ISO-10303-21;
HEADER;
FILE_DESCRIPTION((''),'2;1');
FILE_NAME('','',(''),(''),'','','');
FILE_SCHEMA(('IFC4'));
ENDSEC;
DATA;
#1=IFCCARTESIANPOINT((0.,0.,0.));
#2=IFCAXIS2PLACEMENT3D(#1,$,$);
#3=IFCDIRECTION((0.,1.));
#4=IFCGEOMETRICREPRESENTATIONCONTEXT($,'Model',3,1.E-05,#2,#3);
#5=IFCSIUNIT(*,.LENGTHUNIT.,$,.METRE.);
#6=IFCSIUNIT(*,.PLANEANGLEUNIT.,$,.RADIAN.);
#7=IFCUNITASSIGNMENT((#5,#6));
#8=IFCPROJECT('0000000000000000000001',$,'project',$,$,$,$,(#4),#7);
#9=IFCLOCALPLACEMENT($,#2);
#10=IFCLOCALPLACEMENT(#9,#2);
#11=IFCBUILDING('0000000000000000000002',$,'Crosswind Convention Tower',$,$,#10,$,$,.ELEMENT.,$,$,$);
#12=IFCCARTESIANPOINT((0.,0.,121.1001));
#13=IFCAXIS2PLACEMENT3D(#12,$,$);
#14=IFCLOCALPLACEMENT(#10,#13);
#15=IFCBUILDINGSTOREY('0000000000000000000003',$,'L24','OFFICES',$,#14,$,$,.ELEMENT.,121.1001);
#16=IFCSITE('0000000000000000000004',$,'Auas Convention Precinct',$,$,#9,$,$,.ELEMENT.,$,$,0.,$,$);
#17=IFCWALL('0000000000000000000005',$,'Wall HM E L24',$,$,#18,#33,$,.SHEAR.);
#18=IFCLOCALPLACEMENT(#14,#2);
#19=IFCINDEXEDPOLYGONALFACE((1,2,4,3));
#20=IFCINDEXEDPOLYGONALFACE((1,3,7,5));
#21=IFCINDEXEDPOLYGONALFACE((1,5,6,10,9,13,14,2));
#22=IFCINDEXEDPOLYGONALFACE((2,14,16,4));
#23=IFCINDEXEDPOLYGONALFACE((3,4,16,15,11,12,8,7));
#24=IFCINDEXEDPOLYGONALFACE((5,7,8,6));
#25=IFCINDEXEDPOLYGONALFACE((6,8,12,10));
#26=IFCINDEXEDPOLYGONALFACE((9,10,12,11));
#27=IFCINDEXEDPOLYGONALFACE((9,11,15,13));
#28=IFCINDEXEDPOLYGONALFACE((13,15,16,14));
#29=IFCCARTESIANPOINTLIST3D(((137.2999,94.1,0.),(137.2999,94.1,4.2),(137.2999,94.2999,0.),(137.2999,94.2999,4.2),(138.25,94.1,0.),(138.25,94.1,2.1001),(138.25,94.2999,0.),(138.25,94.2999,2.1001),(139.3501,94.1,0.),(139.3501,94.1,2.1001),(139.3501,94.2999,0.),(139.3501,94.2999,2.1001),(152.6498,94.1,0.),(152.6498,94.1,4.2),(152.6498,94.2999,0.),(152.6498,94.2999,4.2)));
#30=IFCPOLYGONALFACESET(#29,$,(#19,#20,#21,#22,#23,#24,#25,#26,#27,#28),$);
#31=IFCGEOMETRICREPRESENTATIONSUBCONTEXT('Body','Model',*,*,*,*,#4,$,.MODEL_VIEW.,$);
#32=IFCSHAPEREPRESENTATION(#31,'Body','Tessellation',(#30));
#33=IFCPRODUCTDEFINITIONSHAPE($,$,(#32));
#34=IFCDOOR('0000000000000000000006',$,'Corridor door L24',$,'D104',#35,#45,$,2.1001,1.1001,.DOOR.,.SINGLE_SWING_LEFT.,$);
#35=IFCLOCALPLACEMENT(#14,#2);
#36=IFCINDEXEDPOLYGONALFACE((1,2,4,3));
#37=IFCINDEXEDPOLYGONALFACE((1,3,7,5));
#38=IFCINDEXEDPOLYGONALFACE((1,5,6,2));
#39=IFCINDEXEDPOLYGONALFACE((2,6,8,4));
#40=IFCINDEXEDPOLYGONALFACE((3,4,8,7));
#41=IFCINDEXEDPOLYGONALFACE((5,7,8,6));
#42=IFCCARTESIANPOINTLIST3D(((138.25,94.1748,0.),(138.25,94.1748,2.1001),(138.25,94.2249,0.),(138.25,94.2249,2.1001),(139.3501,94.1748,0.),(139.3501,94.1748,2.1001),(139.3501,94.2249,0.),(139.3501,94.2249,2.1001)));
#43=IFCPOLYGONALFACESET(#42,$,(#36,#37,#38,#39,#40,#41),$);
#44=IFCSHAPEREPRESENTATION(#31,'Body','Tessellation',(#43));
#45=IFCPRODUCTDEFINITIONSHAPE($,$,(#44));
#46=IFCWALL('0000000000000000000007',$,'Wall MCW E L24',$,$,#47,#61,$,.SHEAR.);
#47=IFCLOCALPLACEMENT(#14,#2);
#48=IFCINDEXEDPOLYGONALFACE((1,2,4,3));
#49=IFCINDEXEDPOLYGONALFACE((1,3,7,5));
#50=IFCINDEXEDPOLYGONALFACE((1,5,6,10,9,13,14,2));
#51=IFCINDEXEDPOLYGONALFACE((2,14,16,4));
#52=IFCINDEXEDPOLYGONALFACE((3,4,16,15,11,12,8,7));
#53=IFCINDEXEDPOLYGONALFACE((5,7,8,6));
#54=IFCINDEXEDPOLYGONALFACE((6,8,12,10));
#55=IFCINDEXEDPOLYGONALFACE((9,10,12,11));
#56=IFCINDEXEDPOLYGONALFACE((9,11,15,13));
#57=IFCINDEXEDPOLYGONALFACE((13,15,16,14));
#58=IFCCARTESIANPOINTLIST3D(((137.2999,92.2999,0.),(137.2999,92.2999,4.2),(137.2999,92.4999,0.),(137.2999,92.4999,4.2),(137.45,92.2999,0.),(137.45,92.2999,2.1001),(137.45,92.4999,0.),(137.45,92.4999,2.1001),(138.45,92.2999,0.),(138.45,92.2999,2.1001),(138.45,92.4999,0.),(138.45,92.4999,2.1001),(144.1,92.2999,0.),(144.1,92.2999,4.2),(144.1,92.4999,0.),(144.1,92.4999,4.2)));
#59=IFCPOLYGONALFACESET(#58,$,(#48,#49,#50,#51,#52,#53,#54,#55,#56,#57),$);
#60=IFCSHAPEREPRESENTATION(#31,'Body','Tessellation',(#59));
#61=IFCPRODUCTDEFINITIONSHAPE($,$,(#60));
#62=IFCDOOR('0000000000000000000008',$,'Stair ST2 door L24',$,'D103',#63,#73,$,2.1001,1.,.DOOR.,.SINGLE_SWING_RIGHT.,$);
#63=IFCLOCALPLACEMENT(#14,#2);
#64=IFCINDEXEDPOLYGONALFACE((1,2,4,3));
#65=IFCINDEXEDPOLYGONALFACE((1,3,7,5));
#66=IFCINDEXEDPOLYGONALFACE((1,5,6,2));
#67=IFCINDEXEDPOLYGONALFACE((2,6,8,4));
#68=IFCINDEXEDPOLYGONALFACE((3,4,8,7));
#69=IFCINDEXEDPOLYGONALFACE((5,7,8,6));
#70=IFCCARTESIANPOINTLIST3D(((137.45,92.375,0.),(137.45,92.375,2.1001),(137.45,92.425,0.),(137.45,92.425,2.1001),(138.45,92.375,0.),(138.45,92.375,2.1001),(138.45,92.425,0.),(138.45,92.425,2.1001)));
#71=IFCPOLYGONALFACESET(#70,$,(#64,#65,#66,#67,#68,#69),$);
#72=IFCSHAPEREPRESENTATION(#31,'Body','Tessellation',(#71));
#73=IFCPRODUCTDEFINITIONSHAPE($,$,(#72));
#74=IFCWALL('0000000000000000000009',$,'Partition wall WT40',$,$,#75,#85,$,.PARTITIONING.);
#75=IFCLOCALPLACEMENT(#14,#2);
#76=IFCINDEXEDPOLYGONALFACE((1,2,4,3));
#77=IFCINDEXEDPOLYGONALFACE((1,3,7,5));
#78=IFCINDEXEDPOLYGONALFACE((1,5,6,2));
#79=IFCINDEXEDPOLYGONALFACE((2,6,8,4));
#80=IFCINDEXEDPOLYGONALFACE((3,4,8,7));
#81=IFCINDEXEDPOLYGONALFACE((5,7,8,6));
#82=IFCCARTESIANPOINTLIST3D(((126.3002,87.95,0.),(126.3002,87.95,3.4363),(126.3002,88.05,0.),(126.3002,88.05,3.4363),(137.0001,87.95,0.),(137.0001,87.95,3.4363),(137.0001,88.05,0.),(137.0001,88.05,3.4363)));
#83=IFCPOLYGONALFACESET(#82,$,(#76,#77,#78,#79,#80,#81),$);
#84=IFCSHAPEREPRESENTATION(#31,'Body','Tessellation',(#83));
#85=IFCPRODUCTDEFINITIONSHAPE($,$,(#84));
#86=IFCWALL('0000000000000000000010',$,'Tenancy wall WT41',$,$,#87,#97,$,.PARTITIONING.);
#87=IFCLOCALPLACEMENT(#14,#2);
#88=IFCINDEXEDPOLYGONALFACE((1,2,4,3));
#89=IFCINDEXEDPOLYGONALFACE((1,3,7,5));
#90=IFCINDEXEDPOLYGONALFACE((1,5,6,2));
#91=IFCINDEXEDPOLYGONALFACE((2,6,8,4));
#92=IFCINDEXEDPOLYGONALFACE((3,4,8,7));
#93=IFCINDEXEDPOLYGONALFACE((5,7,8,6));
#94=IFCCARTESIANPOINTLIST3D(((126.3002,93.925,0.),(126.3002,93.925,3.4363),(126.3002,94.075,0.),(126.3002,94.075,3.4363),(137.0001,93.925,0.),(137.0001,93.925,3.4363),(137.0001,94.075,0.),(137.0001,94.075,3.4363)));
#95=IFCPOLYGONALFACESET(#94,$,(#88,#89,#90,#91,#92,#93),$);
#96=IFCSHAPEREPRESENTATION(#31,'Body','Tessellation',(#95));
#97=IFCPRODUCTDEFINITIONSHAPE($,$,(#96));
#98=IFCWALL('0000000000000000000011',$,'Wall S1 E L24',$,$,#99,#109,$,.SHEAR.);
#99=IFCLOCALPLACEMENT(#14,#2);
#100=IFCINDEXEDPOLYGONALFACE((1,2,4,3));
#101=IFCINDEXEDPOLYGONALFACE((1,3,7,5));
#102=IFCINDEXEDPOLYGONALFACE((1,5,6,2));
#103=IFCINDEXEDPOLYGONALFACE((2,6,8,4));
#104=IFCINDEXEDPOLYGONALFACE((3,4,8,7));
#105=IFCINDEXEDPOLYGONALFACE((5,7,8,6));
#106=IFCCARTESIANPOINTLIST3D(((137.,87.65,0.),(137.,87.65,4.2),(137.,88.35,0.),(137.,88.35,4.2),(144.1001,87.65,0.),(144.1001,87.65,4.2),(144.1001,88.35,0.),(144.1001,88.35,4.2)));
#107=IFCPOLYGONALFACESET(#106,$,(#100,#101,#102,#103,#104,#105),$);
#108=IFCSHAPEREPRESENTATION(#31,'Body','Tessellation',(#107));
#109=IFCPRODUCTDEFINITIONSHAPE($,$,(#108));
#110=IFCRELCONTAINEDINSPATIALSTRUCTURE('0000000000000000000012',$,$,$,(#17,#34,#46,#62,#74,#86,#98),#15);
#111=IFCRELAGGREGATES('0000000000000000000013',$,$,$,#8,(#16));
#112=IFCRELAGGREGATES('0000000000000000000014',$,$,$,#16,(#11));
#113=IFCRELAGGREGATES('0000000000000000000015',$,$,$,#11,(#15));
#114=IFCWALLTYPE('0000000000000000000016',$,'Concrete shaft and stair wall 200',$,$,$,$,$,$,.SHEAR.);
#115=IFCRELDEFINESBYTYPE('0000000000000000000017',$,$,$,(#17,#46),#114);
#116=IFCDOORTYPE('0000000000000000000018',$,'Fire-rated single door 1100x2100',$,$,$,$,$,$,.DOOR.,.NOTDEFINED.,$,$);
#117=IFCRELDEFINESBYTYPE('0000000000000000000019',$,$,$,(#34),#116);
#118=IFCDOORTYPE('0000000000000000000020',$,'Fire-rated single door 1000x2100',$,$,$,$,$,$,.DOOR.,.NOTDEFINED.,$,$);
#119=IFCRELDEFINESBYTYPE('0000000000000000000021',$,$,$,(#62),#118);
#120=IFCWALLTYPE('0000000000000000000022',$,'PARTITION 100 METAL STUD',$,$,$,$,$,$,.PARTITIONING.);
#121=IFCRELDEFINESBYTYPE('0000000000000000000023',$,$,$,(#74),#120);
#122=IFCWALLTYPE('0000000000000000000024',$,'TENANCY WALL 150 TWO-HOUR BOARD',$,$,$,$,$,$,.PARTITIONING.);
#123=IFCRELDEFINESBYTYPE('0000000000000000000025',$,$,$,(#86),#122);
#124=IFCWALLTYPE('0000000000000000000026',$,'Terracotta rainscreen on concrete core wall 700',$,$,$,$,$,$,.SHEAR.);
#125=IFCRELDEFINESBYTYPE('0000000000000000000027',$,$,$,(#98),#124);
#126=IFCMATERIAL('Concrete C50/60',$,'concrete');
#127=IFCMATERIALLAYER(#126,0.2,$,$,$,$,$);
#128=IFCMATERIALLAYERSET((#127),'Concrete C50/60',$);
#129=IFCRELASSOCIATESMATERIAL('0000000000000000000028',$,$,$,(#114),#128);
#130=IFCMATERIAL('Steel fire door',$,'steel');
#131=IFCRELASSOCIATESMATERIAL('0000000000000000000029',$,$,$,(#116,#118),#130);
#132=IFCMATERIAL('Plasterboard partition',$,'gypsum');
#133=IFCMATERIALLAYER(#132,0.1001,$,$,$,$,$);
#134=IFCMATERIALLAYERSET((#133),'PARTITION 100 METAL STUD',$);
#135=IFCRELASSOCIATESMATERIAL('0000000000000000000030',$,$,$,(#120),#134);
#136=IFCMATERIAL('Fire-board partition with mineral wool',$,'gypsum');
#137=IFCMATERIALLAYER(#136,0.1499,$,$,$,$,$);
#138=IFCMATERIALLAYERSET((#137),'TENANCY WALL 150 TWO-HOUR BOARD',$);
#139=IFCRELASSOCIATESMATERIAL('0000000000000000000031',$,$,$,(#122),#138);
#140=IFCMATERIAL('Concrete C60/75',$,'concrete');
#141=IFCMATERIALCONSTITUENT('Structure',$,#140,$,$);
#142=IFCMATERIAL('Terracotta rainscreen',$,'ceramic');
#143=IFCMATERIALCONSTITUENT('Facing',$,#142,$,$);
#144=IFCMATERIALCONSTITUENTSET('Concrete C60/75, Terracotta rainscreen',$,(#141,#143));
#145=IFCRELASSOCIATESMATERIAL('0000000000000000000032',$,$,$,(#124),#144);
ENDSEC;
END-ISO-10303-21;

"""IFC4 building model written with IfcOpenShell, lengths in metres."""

from ifc_helpers import new_model, si_unit, direction, frame, frame_2d, origin, place, context, subcontext, project, spatial, rectangle, extrude, material, layer, layer_set, constituent, constituent_set, type_object, element, fill, save


model = new_model("IFC4")

# Units and contexts
model_context = context("Model", 3, precision=1e-05, world=origin(), true_north=direction((0.0, 1.0)))
body_context = subcontext(model_context, "Body", "Model", "MODEL_VIEW")
ifc_project = project(units=[si_unit("LENGTHUNIT", "METRE"), si_unit("PLANEANGLEUNIT", "RADIAN")], contexts=[model_context])

# Site, building, storey
site_placement = place(None, origin())
site = spatial("IfcSite", under=ifc_project, at=site_placement, Name="Auas Convention Precinct", CompositionType="ELEMENT", RefElevation=0.0)
building_placement = place(site_placement, origin())
building = spatial("IfcBuilding", under=site, at=building_placement, Name="Crosswind Convention Tower", CompositionType="ELEMENT")
storey_placement = place(building_placement, frame((0.0, 0.0, 121.1001)))
storey = spatial("IfcBuildingStorey", under=building, at=storey_placement, Name="L24", Description="OFFICES", CompositionType="ELEMENT", Elevation=121.1001)

# Shared definitions
ifc_material_1 = material(Name="Concrete C50/60", Category="concrete")

# Walls, openings, doors
ifc_layer_1 = layer(ifc_material_1, 0.2)
ifc_layer_set_1 = layer_set([ifc_layer_1], Name="Concrete C50/60")
wall_type_1 = type_object("IfcWallType", Name="Concrete shaft and stair wall 200", PredefinedType="SHEAR", material=ifc_layer_set_1)
wall_1_placement = place(storey_placement, frame((137.3, 94.2, 0.0), z_axis=(0.0, 0.0, 1.0), x_axis=(1.0, 0.0, 0.0)))
wall_1 = element("IfcWall", 1, at=wall_1_placement, inside=storey, type_object=wall_type_1, Name="Wall HM E L24", PredefinedType="SHEAR", context=body_context, shape_type="SweptSolid", body=[
    extrude(rectangle(XDim=15.3499, YDim=0.2, at=frame_2d((7.6748, 0.0))), origin(), (0.0, 0.0, 1.0), 4.2),
])
opening_1_placement = place(wall_1_placement, frame((0.95, 0.0, 0.0)))
opening_1 = element("IfcOpeningElement", 2, at=opening_1_placement, cuts=wall_1, PredefinedType="OPENING", context=body_context, shape_type="SweptSolid", body=[
    extrude(rectangle(XDim=1.1001, YDim=2.1001, at=frame_2d((0.55, 1.05))), frame((0.0, 0.1099, 0.0), z_axis=(0.0, -1.0, 0.0), x_axis=(1.0, 0.0, 0.0)), (0.0, 0.0, 1.0), 0.22),
])
ifc_material_2 = material(Name="Steel fire door", Category="steel")
door_type_1 = type_object("IfcDoorType", Name="Fire-rated single door 1100x2100", OperationType="NOTDEFINED", PredefinedType="DOOR", material=ifc_material_2)
door_1_placement = place(opening_1_placement, origin())
door_1 = element("IfcDoor", 3, at=door_1_placement, inside=storey, type_object=door_type_1, Name="Corridor door L24", ObjectType="D104", OperationType="SINGLE_SWING_LEFT", OverallHeight=2.1001, OverallWidth=1.1001, PredefinedType="DOOR", context=body_context, shape_type="SweptSolid", body=[
    extrude(rectangle(XDim=1.1001, YDim=2.1001, at=frame_2d((0.55, 1.05))), frame((0.0, 0.0249, 0.0), z_axis=(0.0, -1.0, 0.0), x_axis=(1.0, 0.0, 0.0)), (0.0, 0.0, 1.0), 0.05),
])
fill(opening_1, door_1)
wall_2_placement = place(storey_placement, frame((137.3, 92.3999, 0.0), z_axis=(0.0, 0.0, 1.0), x_axis=(1.0, 0.0, 0.0)))
wall_2 = element("IfcWall", 4, at=wall_2_placement, inside=storey, type_object=wall_type_1, Name="Wall MCW E L24", PredefinedType="SHEAR", context=body_context, shape_type="SweptSolid", body=[
    extrude(rectangle(XDim=6.8, YDim=0.2, at=frame_2d((3.3999, 0.0))), origin(), (0.0, 0.0, 1.0), 4.2),
])
opening_2_placement = place(wall_2_placement, frame((0.1499, 0.0, 0.0)))
opening_2 = element("IfcOpeningElement", 5, at=opening_2_placement, cuts=wall_2, PredefinedType="OPENING", context=body_context, shape_type="SweptSolid", body=[
    extrude(rectangle(XDim=1.0, YDim=2.1001, at=frame_2d((0.5, 1.05))), frame((0.0, 0.1099, 0.0), z_axis=(0.0, -1.0, 0.0), x_axis=(1.0, 0.0, 0.0)), (0.0, 0.0, 1.0), 0.22),
])
door_type_2 = type_object("IfcDoorType", Name="Fire-rated single door 1000x2100", OperationType="NOTDEFINED", PredefinedType="DOOR", material=ifc_material_2)
door_2_placement = place(opening_2_placement, frame((1.0, 0.0, 0.0), z_axis=(0.0, 0.0, 1.0), x_axis=(-1.0, 0.0, 0.0)))
door_2 = element("IfcDoor", 6, at=door_2_placement, inside=storey, type_object=door_type_2, Name="Stair ST2 door L24", ObjectType="D103", OperationType="SINGLE_SWING_RIGHT", OverallHeight=2.1001, OverallWidth=1.0, PredefinedType="DOOR", context=body_context, shape_type="SweptSolid", body=[
    extrude(rectangle(XDim=1.0, YDim=2.1001, at=frame_2d((0.5, 1.05))), frame((0.0, 0.0249, 0.0), z_axis=(0.0, -1.0, 0.0), x_axis=(1.0, 0.0, 0.0)), (0.0, 0.0, 1.0), 0.05),
])
fill(opening_2, door_2)

# Walls
ifc_material_3 = material(Name="Plasterboard partition", Category="gypsum")
ifc_layer_2 = layer(ifc_material_3, 0.1001)
ifc_layer_set_2 = layer_set([ifc_layer_2], Name="PARTITION 100 METAL STUD")
wall_type_2 = type_object("IfcWallType", Name="PARTITION 100 METAL STUD", PredefinedType="PARTITIONING", material=ifc_layer_set_2)
wall_3_placement = place(storey_placement, frame((126.3, 88.0, 0.0), z_axis=(0.0, 0.0, 1.0), x_axis=(1.0, 0.0, 0.0)))
element("IfcWall", 7, at=wall_3_placement, inside=storey, type_object=wall_type_2, Name="Partition wall WT40", PredefinedType="PARTITIONING", context=body_context, shape_type="SweptSolid", body=[
    extrude(rectangle(XDim=10.7, YDim=0.1001, at=frame_2d((5.3501, 0.0))), origin(), (0.0, 0.0, 1.0), 3.4363),
])
ifc_material_4 = material(Name="Fire-board partition with mineral wool", Category="gypsum")
ifc_layer_3 = layer(ifc_material_4, 0.1499)
ifc_layer_set_3 = layer_set([ifc_layer_3], Name="TENANCY WALL 150 TWO-HOUR BOARD")
wall_type_3 = type_object("IfcWallType", Name="TENANCY WALL 150 TWO-HOUR BOARD", PredefinedType="PARTITIONING", material=ifc_layer_set_3)
wall_4_placement = place(storey_placement, frame((126.3, 94.0, 0.0), z_axis=(0.0, 0.0, 1.0), x_axis=(1.0, 0.0, 0.0)))
element("IfcWall", 8, at=wall_4_placement, inside=storey, type_object=wall_type_3, Name="Tenancy wall WT41", PredefinedType="PARTITIONING", context=body_context, shape_type="SweptSolid", body=[
    extrude(rectangle(XDim=10.7, YDim=0.1499, at=frame_2d((5.3501, 0.0))), origin(), (0.0, 0.0, 1.0), 3.4363),
])
ifc_material_5 = material(Name="Concrete C60/75", Category="concrete")
ifc_constituent_1 = constituent(ifc_material_5, Name="Structure")
ifc_material_6 = material(Name="Terracotta rainscreen", Category="ceramic")
ifc_constituent_2 = constituent(ifc_material_6, Name="Facing")
ifc_constituent_set = constituent_set(constituents=[ifc_constituent_1, ifc_constituent_2], Name="Concrete C60/75, Terracotta rainscreen")
wall_type_4 = type_object("IfcWallType", Name="Terracotta rainscreen on concrete core wall 700", PredefinedType="SHEAR", material=ifc_constituent_set)
wall_5_placement = place(storey_placement, frame((137.0, 88.0, 0.0), z_axis=(0.0, 0.0, 1.0), x_axis=(1.0, 0.0, 0.0)))
element("IfcWall", 9, at=wall_5_placement, inside=storey, type_object=wall_type_4, Name="Wall S1 E L24", PredefinedType="SHEAR", context=body_context, shape_type="SweptSolid", body=[
    extrude(rectangle(XDim=7.1001, YDim=0.7, at=frame_2d((3.55, 0.0))), origin(), (0.0, 0.0, 1.0), 4.2),
])

save(model, "model.ifc")
